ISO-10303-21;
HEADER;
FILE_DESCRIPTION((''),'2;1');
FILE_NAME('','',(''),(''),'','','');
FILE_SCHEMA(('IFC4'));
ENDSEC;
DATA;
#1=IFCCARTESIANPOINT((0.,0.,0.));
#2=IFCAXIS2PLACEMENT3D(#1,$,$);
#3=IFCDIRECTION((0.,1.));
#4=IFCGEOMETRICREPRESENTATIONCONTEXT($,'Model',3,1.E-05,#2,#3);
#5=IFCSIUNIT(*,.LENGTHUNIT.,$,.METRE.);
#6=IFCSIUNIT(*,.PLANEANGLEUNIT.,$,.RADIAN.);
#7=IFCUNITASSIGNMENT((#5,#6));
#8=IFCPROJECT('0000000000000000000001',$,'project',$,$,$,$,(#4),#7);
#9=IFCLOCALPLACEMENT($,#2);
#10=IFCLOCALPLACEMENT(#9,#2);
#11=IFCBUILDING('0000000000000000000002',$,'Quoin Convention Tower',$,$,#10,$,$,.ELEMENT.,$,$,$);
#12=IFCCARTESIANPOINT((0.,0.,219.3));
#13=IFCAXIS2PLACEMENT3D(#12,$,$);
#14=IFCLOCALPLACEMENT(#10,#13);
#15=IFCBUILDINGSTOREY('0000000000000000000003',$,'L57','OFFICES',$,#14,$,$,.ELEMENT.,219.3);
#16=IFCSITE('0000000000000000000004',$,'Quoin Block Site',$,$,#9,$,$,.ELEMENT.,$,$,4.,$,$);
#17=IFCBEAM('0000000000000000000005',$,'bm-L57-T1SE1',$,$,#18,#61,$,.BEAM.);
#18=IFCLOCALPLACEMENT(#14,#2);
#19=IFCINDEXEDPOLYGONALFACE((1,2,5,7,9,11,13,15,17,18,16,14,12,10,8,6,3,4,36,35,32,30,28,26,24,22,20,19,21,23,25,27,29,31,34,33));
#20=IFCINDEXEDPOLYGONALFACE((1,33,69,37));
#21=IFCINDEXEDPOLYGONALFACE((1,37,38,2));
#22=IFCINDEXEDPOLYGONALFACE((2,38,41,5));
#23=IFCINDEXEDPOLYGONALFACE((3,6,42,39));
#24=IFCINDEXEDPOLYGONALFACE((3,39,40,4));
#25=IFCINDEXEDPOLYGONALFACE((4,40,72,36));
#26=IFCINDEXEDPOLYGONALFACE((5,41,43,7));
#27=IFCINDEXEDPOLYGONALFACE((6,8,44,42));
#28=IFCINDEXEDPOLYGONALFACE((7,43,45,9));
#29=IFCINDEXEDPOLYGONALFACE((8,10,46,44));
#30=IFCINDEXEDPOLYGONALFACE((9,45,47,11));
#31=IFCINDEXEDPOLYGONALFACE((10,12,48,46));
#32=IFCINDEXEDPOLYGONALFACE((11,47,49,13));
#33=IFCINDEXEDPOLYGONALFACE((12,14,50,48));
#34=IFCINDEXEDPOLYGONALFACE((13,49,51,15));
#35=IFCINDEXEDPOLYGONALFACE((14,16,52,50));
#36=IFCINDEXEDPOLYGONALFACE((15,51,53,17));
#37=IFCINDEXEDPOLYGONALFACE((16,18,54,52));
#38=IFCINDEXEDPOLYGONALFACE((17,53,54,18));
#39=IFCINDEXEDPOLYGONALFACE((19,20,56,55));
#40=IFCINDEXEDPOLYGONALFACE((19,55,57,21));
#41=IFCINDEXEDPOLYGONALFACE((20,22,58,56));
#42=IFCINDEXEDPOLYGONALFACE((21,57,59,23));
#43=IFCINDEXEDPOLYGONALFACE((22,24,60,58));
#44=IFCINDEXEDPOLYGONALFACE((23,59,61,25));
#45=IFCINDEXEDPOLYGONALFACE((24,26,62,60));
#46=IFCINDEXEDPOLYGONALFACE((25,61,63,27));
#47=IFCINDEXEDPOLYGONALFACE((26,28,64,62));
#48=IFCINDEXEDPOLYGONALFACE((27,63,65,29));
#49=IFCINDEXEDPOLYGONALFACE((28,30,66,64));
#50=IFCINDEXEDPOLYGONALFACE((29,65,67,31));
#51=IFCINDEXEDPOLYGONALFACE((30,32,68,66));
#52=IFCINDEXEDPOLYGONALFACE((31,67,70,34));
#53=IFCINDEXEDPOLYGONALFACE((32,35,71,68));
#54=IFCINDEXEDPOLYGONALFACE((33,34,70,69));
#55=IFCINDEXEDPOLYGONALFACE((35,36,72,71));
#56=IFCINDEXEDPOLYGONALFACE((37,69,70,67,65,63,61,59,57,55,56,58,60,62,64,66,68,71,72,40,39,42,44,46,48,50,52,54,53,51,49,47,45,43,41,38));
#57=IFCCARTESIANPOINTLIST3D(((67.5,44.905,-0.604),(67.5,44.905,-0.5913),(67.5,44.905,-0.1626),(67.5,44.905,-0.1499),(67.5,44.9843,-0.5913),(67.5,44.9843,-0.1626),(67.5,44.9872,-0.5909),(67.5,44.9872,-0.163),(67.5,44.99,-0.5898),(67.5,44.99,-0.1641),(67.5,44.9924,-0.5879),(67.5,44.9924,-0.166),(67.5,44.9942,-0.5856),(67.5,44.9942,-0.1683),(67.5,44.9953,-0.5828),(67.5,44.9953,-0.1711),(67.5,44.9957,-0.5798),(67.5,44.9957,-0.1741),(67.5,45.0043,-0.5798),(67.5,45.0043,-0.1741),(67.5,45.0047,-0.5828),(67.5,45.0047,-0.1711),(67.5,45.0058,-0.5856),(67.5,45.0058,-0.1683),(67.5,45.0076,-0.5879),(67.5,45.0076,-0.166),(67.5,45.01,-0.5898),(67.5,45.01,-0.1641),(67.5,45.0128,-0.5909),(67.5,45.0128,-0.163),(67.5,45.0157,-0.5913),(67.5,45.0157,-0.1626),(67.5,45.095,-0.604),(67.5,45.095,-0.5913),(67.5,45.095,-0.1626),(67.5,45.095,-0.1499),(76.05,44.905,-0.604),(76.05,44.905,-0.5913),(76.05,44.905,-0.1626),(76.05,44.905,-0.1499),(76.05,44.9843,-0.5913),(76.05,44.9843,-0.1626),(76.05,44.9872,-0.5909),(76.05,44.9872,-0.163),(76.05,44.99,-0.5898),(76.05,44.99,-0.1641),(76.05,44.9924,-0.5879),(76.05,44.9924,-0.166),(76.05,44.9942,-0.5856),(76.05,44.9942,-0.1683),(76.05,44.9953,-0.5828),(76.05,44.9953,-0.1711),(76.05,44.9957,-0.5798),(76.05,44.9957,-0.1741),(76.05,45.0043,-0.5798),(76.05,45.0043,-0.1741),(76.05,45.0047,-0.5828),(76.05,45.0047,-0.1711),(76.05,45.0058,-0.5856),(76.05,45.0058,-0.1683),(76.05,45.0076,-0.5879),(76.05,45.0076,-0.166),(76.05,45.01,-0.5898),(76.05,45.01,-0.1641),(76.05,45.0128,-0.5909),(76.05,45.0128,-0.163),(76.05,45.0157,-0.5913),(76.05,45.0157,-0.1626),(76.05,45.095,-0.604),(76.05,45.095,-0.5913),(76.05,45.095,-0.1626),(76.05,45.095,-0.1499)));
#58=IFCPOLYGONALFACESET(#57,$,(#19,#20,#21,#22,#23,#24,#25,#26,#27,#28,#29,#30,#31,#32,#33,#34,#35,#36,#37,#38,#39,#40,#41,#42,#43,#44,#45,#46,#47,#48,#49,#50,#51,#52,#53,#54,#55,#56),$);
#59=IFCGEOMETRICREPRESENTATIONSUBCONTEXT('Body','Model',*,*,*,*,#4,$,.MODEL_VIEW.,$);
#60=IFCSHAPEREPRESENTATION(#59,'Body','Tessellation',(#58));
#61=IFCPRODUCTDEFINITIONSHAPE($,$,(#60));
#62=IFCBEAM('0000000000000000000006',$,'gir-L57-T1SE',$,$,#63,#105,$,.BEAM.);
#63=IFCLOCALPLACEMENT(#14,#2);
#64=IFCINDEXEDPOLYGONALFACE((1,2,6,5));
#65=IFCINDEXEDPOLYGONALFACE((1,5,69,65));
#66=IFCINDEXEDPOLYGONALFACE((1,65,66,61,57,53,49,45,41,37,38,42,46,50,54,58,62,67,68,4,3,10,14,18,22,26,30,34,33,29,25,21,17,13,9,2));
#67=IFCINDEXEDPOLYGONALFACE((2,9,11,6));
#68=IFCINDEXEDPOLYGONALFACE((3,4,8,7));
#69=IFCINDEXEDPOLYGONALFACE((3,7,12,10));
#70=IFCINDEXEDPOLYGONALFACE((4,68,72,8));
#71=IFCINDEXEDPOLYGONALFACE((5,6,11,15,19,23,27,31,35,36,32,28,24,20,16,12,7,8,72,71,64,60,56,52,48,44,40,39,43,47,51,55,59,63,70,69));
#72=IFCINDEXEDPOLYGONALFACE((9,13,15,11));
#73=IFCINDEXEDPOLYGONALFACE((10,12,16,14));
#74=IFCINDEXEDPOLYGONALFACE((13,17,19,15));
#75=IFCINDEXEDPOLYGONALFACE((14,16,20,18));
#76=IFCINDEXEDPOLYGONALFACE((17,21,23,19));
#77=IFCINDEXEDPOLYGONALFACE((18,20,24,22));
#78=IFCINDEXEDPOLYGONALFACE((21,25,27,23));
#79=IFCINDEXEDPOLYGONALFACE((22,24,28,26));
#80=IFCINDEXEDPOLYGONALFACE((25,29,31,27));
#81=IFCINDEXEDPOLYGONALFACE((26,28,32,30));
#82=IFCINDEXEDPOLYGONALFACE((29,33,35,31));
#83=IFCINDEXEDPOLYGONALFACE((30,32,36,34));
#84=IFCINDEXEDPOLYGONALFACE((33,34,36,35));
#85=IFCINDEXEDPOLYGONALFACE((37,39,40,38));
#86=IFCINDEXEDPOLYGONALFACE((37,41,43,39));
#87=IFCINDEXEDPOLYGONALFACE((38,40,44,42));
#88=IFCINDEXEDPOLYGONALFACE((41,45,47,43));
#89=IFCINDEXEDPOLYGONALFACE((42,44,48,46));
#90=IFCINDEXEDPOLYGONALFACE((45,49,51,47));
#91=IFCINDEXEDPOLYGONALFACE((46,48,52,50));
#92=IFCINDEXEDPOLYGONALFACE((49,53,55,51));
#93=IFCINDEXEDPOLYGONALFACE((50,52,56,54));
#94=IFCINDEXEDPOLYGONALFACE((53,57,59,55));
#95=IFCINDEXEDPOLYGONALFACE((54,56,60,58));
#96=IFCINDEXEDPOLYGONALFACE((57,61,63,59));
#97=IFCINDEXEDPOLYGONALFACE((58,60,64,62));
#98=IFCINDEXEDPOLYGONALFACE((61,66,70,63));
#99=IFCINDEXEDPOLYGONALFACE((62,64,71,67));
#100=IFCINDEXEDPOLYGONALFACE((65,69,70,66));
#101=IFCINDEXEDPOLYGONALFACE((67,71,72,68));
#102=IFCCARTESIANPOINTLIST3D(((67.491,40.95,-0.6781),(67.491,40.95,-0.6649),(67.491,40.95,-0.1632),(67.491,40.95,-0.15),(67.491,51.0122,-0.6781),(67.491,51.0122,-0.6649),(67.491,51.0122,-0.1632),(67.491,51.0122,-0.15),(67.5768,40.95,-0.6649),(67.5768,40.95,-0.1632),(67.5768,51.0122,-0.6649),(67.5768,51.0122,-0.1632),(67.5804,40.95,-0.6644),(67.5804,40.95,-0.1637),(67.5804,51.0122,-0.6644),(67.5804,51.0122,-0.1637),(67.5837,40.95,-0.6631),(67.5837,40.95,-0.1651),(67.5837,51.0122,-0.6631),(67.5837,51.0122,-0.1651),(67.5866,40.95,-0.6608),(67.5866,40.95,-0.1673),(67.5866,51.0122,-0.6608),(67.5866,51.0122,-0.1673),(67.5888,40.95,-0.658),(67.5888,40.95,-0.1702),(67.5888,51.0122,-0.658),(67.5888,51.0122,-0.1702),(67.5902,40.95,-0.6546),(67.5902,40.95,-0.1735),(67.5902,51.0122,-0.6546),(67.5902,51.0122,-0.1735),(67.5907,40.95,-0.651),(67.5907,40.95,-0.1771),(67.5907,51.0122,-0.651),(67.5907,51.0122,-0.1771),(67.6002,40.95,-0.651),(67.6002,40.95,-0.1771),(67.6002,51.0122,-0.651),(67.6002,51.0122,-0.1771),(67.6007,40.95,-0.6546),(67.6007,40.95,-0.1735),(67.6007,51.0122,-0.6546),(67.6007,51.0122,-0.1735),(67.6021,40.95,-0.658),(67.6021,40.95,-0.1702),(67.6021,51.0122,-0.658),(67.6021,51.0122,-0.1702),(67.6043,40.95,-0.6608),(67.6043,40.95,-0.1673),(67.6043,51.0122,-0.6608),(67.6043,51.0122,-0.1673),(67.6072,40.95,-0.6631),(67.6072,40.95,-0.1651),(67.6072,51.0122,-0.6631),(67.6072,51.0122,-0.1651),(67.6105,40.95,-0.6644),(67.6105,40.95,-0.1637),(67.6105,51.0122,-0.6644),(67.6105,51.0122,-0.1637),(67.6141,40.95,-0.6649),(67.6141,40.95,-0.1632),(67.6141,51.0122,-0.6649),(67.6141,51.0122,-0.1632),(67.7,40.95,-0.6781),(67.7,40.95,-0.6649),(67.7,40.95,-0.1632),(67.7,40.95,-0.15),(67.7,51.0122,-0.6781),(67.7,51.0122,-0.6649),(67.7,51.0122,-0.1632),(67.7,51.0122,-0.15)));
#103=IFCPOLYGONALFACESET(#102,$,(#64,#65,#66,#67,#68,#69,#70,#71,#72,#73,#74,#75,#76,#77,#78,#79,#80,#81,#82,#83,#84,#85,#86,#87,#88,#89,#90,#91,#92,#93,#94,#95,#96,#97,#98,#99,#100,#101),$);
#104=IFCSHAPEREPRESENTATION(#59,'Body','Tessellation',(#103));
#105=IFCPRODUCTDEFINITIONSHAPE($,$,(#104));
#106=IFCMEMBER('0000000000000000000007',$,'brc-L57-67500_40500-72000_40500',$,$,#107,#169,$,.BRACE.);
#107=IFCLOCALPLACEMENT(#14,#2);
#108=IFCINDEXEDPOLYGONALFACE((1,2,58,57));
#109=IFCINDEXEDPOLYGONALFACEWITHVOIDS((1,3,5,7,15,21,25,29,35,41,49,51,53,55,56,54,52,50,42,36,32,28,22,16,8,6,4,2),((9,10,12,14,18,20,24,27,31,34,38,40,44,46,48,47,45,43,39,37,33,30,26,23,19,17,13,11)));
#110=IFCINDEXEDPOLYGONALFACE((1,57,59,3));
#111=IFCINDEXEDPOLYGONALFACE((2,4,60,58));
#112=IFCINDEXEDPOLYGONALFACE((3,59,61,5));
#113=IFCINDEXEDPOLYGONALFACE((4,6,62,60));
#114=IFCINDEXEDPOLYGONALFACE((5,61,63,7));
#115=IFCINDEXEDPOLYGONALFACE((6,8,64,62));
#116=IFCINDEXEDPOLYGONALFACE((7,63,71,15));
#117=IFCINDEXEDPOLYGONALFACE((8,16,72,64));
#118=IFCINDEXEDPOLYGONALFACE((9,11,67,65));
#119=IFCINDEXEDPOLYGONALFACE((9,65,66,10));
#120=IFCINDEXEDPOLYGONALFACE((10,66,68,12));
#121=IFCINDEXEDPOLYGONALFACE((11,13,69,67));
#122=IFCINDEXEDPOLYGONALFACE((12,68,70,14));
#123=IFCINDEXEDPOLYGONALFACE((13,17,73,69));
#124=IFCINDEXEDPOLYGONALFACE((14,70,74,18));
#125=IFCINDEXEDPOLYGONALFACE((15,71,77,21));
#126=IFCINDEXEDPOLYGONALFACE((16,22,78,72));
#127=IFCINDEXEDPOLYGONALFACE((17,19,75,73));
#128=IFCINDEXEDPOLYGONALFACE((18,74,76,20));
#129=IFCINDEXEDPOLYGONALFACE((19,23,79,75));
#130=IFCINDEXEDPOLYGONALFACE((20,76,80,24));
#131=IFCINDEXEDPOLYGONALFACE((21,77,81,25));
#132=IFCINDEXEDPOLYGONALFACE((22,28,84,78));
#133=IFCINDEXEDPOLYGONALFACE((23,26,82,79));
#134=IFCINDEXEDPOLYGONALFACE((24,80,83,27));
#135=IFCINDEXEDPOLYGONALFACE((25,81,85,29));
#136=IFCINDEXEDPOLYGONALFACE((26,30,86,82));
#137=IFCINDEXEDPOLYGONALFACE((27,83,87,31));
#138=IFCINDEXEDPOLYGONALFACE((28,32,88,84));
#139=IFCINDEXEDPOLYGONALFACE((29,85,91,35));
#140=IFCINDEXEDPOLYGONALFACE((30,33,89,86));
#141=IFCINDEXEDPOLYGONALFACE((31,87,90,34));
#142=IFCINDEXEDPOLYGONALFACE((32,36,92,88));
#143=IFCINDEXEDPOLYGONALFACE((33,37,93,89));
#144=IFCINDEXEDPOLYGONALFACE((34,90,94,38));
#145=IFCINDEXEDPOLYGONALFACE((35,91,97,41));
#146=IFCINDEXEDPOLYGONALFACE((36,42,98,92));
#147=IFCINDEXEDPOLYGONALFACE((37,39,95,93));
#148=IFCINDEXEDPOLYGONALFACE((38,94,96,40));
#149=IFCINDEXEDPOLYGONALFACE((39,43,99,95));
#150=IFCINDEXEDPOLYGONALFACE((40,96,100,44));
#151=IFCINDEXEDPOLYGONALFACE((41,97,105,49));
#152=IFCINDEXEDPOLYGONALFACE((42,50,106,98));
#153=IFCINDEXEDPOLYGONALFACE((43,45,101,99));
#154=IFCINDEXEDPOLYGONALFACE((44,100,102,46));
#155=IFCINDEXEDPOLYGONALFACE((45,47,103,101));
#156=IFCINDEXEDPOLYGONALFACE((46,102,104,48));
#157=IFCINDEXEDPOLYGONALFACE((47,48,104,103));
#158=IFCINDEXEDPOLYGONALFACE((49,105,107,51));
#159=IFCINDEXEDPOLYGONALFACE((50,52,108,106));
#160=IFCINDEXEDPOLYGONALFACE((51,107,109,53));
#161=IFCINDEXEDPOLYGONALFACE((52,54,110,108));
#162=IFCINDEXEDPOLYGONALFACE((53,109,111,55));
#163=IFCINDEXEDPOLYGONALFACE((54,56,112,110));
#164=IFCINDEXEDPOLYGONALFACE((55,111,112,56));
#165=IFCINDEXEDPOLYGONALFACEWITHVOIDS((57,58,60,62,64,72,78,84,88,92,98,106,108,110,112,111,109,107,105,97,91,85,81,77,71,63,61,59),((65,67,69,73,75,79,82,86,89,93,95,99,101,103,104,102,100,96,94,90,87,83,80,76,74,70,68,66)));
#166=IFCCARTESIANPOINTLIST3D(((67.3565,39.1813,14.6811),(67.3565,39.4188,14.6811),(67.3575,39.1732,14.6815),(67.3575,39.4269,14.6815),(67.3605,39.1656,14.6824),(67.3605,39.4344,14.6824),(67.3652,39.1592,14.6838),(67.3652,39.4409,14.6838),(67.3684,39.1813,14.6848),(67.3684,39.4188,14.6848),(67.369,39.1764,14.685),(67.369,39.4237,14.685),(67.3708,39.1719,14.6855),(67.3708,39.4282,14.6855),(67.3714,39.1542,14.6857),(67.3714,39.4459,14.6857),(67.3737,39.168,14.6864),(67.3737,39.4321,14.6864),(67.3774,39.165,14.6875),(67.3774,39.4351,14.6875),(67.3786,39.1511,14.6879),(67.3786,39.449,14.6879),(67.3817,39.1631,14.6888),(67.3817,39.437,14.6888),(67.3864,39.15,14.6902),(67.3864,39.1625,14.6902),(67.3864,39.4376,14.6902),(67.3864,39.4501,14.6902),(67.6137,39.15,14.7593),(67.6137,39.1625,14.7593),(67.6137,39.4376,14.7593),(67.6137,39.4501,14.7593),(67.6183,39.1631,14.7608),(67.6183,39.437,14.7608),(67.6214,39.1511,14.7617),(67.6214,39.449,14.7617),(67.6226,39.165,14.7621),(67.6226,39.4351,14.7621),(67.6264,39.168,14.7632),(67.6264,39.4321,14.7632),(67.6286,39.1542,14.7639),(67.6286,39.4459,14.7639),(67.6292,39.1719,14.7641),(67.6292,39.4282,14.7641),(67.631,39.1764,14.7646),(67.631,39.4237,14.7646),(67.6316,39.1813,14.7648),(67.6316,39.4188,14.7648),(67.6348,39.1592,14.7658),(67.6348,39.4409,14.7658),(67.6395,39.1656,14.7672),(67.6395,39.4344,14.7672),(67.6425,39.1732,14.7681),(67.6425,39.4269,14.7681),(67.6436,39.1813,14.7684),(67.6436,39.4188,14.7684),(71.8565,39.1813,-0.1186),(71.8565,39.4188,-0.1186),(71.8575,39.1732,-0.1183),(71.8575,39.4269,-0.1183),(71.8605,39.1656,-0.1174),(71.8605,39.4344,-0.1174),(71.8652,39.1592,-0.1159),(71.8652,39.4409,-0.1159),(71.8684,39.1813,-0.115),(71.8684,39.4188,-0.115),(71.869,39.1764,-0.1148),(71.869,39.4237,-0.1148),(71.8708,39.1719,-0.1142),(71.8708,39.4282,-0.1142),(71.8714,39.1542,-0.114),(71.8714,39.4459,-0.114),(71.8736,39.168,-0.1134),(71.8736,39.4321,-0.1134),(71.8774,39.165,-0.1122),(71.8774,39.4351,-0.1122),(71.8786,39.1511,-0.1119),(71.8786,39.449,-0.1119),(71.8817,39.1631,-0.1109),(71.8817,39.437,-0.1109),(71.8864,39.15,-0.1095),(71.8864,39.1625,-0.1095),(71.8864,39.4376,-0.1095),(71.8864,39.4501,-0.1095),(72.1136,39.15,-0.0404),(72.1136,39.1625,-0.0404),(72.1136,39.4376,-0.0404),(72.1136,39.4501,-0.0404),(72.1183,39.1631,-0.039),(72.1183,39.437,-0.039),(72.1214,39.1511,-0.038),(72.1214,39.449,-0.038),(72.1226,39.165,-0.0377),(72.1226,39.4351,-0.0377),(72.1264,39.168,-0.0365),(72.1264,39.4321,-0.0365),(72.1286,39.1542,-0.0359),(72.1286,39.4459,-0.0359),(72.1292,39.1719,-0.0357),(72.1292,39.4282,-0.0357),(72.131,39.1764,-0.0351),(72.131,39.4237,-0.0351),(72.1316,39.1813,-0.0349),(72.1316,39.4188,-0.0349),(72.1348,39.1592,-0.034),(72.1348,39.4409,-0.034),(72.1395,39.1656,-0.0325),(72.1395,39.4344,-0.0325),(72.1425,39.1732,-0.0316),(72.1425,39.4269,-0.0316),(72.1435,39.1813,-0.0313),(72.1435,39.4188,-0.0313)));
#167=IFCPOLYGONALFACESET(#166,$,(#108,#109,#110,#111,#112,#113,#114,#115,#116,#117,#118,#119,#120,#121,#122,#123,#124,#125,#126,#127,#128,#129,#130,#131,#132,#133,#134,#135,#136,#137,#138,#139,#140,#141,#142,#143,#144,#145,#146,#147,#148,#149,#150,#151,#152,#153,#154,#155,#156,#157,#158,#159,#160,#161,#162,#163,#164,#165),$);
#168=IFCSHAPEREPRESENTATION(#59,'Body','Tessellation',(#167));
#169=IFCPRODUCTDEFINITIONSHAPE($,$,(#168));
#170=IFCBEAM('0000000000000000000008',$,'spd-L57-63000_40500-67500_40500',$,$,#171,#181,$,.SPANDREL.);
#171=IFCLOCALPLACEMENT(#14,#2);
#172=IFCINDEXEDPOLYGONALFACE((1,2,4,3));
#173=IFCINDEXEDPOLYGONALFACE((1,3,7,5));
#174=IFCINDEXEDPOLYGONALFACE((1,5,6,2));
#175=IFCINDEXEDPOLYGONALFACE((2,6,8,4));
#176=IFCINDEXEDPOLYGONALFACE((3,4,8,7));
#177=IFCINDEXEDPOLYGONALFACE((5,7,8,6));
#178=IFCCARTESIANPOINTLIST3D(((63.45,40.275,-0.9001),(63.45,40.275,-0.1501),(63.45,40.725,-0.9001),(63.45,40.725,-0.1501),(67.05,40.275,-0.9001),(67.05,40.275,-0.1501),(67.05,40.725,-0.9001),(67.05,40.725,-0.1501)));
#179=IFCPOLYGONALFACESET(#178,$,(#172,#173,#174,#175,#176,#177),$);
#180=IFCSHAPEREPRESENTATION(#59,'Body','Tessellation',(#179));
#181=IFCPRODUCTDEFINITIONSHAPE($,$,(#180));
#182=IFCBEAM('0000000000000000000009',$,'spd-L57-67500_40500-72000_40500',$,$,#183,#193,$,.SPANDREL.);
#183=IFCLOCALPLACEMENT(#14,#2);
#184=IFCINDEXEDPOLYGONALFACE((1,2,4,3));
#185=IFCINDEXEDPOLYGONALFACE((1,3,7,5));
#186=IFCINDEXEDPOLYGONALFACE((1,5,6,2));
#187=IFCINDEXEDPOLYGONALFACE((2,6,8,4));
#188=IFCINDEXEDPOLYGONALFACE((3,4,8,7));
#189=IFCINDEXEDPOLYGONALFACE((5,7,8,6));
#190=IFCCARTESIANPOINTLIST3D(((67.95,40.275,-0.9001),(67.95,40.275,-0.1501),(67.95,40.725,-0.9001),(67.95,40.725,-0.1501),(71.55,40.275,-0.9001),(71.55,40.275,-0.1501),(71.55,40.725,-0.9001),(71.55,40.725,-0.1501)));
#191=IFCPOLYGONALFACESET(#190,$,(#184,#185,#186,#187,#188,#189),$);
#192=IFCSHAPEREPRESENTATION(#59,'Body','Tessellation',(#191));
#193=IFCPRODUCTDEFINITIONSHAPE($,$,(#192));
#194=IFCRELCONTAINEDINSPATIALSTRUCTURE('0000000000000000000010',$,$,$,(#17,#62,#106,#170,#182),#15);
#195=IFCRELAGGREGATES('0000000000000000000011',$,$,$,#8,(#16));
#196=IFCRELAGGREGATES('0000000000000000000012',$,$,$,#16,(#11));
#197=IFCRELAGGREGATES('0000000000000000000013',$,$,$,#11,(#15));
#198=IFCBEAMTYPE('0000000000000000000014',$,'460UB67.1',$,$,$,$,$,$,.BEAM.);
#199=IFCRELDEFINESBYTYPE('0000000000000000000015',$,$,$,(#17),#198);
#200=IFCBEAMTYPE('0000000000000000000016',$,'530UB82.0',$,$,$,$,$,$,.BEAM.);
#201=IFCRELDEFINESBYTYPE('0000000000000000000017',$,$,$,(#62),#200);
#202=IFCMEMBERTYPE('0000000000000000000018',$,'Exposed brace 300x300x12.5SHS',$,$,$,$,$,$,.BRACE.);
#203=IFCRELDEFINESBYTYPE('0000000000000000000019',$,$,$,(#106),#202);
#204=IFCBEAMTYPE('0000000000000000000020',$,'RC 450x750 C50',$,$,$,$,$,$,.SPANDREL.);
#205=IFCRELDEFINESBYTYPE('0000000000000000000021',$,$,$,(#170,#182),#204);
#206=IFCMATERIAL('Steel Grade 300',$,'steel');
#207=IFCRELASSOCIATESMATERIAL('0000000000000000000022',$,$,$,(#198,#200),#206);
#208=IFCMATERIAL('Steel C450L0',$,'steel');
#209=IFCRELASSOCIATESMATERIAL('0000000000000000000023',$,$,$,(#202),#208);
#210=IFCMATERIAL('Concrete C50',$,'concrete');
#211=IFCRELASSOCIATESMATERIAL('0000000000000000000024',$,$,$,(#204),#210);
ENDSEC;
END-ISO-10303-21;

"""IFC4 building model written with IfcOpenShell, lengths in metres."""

from ifc_helpers import new_model, si_unit, direction, frame, origin, origin_2d, place, context, subcontext, project, spatial, rectangle, hollow_rectangle, i_section, extrude, material, material_profile, profile_set, type_object, element, save


model = new_model("IFC4")

# Units and contexts
model_context = context("Model", 3, precision=1e-05, world=origin(), true_north=direction((0.0, 1.0)))
body_context = subcontext(model_context, "Body", "Model", "MODEL_VIEW")
ifc_project = project(units=[si_unit("LENGTHUNIT", "METRE"), si_unit("PLANEANGLEUNIT", "RADIAN")], contexts=[model_context])

# Site, building, storey
site_placement = place(None, origin())
site = spatial("IfcSite", under=ifc_project, at=site_placement, Name="Quoin Block Site", CompositionType="ELEMENT", RefElevation=4.0)
building_placement = place(site_placement, origin())
building = spatial("IfcBuilding", under=site, at=building_placement, Name="Quoin Convention Tower", CompositionType="ELEMENT")
storey_placement = place(building_placement, frame((0.0, 0.0, 219.3)))
storey = spatial("IfcBuildingStorey", under=building, at=storey_placement, Name="L57", Description="OFFICES", CompositionType="ELEMENT", Elevation=219.3)

# Shared definitions
ifc_material_1 = material(Name="Concrete C50", Category="concrete")

# Beams
ifc_material_2 = material(Name="Steel Grade 300", Category="steel")
ifc_material_profile_1 = material_profile(ifc_material_2, i_section(OverallWidth=0.1899, OverallDepth=0.4541, WebThickness=0.0085, FlangeThickness=0.0127, FilletRadius=0.0115, at=origin_2d()), Name="460UB67.1")
ifc_profile_set_1 = profile_set([ifc_material_profile_1], Name="Steel Grade 300")
beam_type_1 = type_object("IfcBeamType", Name="460UB67.1", PredefinedType="BEAM", material=ifc_profile_set_1)
beam_1_placement = place(storey_placement, frame((67.5, 45.0, -0.377), z_axis=(1.0, 0.0, 0.0), x_axis=(0.0, 1.0, 0.0)))
element("IfcBeam", 1, at=beam_1_placement, inside=storey, type_object=beam_type_1, Name="bm-L57-T1SE1", PredefinedType="BEAM", context=body_context, shape_type="SweptSolid", body=[
    extrude(i_section(OverallWidth=0.1899, OverallDepth=0.4541, WebThickness=0.0085, FlangeThickness=0.0127, FilletRadius=0.0115, at=origin_2d()), origin(), (0.0, 0.0, 1.0), 8.55),
])
ifc_material_profile_2 = material_profile(ifc_material_2, i_section(OverallWidth=0.209, OverallDepth=0.5281, WebThickness=0.0095, FlangeThickness=0.0132, FilletRadius=0.0139, at=origin_2d()), Name="530UB82.0")
ifc_profile_set_2 = profile_set([ifc_material_profile_2], Name="Steel Grade 300")
beam_type_2 = type_object("IfcBeamType", Name="530UB82.0", PredefinedType="BEAM", material=ifc_profile_set_2)
beam_2_placement = place(storey_placement, frame((67.5955, 40.95, -0.4141), z_axis=(0.0, 1.0, 0.0), x_axis=(-1.0, 0.0, 0.0)))
element("IfcBeam", 2, at=beam_2_placement, inside=storey, type_object=beam_type_2, Name="gir-L57-T1SE", PredefinedType="BEAM", context=body_context, shape_type="SweptSolid", body=[
    extrude(i_section(OverallWidth=0.209, OverallDepth=0.5281, WebThickness=0.0095, FlangeThickness=0.0132, FilletRadius=0.0139, at=origin_2d()), origin(), (0.0, 0.0, 1.0), 10.0623),
])

# Member
ifc_material_3 = material(Name="Steel C450L0", Category="steel")
ifc_material_profile_3 = material_profile(ifc_material_3, hollow_rectangle(XDim=0.3, YDim=0.3, WallThickness=0.0125, InnerFilletRadius=0.0188, OuterFilletRadius=0.0312, at=origin_2d()), Name="300x300x12.5SHS")
ifc_profile_set_3 = profile_set([ifc_material_profile_3], Name="Steel C450L0")
member_type = type_object("IfcMemberType", Name="Exposed brace 300x300x12.5SHS", PredefinedType="BRACE", material=ifc_profile_set_3)
member_placement = place(storey_placement, frame((72.0, 39.3, -0.075), z_axis=(-0.290908, 0.0, 0.956751), x_axis=(0.0, -1.0, 0.0)))
element("IfcMember", 3, at=member_placement, inside=storey, type_object=member_type, Name="brc-L57-67500_40500-72000_40500", PredefinedType="BRACE", context=body_context, shape_type="SweptSolid", body=[
    extrude(hollow_rectangle(XDim=0.3, YDim=0.3, WallThickness=0.0125, InnerFilletRadius=0.0188, OuterFilletRadius=0.0312, at=origin_2d()), origin(), (0.0, 0.0, 1.0), 15.4688),
])

# Beams
ifc_material_profile_4 = material_profile(ifc_material_1, rectangle(XDim=0.45, YDim=0.75, at=origin_2d()), Name="RC 450x750")
ifc_profile_set_4 = profile_set([ifc_material_profile_4], Name="Concrete C50")
beam_type_3 = type_object("IfcBeamType", Name="RC 450x750 C50", PredefinedType="SPANDREL", material=ifc_profile_set_4)
for number, where, z_axis, x_axis, name in (
    (4, (63.45, 40.5, -0.5251), (1.0, 0.0, 0.0), (0.0, 1.0, 0.0), "spd-L57-63000_40500-67500_40500"),
    (5, (67.95, 40.5, -0.5251), (1.0, 0.0, 0.0), (0.0, 1.0, 0.0), "spd-L57-67500_40500-72000_40500"),
):
    element("IfcBeam", number, at=place(storey_placement, frame(where, z_axis=z_axis, x_axis=x_axis)), inside=storey, type_object=beam_type_3, Name=name, PredefinedType="SPANDREL", context=body_context, shape_type="SweptSolid", body=[
        extrude(rectangle(XDim=0.45, YDim=0.75, at=origin_2d()), origin(), (0.0, 0.0, 1.0), 3.6001),
    ])

save(model, "model.ifc")
